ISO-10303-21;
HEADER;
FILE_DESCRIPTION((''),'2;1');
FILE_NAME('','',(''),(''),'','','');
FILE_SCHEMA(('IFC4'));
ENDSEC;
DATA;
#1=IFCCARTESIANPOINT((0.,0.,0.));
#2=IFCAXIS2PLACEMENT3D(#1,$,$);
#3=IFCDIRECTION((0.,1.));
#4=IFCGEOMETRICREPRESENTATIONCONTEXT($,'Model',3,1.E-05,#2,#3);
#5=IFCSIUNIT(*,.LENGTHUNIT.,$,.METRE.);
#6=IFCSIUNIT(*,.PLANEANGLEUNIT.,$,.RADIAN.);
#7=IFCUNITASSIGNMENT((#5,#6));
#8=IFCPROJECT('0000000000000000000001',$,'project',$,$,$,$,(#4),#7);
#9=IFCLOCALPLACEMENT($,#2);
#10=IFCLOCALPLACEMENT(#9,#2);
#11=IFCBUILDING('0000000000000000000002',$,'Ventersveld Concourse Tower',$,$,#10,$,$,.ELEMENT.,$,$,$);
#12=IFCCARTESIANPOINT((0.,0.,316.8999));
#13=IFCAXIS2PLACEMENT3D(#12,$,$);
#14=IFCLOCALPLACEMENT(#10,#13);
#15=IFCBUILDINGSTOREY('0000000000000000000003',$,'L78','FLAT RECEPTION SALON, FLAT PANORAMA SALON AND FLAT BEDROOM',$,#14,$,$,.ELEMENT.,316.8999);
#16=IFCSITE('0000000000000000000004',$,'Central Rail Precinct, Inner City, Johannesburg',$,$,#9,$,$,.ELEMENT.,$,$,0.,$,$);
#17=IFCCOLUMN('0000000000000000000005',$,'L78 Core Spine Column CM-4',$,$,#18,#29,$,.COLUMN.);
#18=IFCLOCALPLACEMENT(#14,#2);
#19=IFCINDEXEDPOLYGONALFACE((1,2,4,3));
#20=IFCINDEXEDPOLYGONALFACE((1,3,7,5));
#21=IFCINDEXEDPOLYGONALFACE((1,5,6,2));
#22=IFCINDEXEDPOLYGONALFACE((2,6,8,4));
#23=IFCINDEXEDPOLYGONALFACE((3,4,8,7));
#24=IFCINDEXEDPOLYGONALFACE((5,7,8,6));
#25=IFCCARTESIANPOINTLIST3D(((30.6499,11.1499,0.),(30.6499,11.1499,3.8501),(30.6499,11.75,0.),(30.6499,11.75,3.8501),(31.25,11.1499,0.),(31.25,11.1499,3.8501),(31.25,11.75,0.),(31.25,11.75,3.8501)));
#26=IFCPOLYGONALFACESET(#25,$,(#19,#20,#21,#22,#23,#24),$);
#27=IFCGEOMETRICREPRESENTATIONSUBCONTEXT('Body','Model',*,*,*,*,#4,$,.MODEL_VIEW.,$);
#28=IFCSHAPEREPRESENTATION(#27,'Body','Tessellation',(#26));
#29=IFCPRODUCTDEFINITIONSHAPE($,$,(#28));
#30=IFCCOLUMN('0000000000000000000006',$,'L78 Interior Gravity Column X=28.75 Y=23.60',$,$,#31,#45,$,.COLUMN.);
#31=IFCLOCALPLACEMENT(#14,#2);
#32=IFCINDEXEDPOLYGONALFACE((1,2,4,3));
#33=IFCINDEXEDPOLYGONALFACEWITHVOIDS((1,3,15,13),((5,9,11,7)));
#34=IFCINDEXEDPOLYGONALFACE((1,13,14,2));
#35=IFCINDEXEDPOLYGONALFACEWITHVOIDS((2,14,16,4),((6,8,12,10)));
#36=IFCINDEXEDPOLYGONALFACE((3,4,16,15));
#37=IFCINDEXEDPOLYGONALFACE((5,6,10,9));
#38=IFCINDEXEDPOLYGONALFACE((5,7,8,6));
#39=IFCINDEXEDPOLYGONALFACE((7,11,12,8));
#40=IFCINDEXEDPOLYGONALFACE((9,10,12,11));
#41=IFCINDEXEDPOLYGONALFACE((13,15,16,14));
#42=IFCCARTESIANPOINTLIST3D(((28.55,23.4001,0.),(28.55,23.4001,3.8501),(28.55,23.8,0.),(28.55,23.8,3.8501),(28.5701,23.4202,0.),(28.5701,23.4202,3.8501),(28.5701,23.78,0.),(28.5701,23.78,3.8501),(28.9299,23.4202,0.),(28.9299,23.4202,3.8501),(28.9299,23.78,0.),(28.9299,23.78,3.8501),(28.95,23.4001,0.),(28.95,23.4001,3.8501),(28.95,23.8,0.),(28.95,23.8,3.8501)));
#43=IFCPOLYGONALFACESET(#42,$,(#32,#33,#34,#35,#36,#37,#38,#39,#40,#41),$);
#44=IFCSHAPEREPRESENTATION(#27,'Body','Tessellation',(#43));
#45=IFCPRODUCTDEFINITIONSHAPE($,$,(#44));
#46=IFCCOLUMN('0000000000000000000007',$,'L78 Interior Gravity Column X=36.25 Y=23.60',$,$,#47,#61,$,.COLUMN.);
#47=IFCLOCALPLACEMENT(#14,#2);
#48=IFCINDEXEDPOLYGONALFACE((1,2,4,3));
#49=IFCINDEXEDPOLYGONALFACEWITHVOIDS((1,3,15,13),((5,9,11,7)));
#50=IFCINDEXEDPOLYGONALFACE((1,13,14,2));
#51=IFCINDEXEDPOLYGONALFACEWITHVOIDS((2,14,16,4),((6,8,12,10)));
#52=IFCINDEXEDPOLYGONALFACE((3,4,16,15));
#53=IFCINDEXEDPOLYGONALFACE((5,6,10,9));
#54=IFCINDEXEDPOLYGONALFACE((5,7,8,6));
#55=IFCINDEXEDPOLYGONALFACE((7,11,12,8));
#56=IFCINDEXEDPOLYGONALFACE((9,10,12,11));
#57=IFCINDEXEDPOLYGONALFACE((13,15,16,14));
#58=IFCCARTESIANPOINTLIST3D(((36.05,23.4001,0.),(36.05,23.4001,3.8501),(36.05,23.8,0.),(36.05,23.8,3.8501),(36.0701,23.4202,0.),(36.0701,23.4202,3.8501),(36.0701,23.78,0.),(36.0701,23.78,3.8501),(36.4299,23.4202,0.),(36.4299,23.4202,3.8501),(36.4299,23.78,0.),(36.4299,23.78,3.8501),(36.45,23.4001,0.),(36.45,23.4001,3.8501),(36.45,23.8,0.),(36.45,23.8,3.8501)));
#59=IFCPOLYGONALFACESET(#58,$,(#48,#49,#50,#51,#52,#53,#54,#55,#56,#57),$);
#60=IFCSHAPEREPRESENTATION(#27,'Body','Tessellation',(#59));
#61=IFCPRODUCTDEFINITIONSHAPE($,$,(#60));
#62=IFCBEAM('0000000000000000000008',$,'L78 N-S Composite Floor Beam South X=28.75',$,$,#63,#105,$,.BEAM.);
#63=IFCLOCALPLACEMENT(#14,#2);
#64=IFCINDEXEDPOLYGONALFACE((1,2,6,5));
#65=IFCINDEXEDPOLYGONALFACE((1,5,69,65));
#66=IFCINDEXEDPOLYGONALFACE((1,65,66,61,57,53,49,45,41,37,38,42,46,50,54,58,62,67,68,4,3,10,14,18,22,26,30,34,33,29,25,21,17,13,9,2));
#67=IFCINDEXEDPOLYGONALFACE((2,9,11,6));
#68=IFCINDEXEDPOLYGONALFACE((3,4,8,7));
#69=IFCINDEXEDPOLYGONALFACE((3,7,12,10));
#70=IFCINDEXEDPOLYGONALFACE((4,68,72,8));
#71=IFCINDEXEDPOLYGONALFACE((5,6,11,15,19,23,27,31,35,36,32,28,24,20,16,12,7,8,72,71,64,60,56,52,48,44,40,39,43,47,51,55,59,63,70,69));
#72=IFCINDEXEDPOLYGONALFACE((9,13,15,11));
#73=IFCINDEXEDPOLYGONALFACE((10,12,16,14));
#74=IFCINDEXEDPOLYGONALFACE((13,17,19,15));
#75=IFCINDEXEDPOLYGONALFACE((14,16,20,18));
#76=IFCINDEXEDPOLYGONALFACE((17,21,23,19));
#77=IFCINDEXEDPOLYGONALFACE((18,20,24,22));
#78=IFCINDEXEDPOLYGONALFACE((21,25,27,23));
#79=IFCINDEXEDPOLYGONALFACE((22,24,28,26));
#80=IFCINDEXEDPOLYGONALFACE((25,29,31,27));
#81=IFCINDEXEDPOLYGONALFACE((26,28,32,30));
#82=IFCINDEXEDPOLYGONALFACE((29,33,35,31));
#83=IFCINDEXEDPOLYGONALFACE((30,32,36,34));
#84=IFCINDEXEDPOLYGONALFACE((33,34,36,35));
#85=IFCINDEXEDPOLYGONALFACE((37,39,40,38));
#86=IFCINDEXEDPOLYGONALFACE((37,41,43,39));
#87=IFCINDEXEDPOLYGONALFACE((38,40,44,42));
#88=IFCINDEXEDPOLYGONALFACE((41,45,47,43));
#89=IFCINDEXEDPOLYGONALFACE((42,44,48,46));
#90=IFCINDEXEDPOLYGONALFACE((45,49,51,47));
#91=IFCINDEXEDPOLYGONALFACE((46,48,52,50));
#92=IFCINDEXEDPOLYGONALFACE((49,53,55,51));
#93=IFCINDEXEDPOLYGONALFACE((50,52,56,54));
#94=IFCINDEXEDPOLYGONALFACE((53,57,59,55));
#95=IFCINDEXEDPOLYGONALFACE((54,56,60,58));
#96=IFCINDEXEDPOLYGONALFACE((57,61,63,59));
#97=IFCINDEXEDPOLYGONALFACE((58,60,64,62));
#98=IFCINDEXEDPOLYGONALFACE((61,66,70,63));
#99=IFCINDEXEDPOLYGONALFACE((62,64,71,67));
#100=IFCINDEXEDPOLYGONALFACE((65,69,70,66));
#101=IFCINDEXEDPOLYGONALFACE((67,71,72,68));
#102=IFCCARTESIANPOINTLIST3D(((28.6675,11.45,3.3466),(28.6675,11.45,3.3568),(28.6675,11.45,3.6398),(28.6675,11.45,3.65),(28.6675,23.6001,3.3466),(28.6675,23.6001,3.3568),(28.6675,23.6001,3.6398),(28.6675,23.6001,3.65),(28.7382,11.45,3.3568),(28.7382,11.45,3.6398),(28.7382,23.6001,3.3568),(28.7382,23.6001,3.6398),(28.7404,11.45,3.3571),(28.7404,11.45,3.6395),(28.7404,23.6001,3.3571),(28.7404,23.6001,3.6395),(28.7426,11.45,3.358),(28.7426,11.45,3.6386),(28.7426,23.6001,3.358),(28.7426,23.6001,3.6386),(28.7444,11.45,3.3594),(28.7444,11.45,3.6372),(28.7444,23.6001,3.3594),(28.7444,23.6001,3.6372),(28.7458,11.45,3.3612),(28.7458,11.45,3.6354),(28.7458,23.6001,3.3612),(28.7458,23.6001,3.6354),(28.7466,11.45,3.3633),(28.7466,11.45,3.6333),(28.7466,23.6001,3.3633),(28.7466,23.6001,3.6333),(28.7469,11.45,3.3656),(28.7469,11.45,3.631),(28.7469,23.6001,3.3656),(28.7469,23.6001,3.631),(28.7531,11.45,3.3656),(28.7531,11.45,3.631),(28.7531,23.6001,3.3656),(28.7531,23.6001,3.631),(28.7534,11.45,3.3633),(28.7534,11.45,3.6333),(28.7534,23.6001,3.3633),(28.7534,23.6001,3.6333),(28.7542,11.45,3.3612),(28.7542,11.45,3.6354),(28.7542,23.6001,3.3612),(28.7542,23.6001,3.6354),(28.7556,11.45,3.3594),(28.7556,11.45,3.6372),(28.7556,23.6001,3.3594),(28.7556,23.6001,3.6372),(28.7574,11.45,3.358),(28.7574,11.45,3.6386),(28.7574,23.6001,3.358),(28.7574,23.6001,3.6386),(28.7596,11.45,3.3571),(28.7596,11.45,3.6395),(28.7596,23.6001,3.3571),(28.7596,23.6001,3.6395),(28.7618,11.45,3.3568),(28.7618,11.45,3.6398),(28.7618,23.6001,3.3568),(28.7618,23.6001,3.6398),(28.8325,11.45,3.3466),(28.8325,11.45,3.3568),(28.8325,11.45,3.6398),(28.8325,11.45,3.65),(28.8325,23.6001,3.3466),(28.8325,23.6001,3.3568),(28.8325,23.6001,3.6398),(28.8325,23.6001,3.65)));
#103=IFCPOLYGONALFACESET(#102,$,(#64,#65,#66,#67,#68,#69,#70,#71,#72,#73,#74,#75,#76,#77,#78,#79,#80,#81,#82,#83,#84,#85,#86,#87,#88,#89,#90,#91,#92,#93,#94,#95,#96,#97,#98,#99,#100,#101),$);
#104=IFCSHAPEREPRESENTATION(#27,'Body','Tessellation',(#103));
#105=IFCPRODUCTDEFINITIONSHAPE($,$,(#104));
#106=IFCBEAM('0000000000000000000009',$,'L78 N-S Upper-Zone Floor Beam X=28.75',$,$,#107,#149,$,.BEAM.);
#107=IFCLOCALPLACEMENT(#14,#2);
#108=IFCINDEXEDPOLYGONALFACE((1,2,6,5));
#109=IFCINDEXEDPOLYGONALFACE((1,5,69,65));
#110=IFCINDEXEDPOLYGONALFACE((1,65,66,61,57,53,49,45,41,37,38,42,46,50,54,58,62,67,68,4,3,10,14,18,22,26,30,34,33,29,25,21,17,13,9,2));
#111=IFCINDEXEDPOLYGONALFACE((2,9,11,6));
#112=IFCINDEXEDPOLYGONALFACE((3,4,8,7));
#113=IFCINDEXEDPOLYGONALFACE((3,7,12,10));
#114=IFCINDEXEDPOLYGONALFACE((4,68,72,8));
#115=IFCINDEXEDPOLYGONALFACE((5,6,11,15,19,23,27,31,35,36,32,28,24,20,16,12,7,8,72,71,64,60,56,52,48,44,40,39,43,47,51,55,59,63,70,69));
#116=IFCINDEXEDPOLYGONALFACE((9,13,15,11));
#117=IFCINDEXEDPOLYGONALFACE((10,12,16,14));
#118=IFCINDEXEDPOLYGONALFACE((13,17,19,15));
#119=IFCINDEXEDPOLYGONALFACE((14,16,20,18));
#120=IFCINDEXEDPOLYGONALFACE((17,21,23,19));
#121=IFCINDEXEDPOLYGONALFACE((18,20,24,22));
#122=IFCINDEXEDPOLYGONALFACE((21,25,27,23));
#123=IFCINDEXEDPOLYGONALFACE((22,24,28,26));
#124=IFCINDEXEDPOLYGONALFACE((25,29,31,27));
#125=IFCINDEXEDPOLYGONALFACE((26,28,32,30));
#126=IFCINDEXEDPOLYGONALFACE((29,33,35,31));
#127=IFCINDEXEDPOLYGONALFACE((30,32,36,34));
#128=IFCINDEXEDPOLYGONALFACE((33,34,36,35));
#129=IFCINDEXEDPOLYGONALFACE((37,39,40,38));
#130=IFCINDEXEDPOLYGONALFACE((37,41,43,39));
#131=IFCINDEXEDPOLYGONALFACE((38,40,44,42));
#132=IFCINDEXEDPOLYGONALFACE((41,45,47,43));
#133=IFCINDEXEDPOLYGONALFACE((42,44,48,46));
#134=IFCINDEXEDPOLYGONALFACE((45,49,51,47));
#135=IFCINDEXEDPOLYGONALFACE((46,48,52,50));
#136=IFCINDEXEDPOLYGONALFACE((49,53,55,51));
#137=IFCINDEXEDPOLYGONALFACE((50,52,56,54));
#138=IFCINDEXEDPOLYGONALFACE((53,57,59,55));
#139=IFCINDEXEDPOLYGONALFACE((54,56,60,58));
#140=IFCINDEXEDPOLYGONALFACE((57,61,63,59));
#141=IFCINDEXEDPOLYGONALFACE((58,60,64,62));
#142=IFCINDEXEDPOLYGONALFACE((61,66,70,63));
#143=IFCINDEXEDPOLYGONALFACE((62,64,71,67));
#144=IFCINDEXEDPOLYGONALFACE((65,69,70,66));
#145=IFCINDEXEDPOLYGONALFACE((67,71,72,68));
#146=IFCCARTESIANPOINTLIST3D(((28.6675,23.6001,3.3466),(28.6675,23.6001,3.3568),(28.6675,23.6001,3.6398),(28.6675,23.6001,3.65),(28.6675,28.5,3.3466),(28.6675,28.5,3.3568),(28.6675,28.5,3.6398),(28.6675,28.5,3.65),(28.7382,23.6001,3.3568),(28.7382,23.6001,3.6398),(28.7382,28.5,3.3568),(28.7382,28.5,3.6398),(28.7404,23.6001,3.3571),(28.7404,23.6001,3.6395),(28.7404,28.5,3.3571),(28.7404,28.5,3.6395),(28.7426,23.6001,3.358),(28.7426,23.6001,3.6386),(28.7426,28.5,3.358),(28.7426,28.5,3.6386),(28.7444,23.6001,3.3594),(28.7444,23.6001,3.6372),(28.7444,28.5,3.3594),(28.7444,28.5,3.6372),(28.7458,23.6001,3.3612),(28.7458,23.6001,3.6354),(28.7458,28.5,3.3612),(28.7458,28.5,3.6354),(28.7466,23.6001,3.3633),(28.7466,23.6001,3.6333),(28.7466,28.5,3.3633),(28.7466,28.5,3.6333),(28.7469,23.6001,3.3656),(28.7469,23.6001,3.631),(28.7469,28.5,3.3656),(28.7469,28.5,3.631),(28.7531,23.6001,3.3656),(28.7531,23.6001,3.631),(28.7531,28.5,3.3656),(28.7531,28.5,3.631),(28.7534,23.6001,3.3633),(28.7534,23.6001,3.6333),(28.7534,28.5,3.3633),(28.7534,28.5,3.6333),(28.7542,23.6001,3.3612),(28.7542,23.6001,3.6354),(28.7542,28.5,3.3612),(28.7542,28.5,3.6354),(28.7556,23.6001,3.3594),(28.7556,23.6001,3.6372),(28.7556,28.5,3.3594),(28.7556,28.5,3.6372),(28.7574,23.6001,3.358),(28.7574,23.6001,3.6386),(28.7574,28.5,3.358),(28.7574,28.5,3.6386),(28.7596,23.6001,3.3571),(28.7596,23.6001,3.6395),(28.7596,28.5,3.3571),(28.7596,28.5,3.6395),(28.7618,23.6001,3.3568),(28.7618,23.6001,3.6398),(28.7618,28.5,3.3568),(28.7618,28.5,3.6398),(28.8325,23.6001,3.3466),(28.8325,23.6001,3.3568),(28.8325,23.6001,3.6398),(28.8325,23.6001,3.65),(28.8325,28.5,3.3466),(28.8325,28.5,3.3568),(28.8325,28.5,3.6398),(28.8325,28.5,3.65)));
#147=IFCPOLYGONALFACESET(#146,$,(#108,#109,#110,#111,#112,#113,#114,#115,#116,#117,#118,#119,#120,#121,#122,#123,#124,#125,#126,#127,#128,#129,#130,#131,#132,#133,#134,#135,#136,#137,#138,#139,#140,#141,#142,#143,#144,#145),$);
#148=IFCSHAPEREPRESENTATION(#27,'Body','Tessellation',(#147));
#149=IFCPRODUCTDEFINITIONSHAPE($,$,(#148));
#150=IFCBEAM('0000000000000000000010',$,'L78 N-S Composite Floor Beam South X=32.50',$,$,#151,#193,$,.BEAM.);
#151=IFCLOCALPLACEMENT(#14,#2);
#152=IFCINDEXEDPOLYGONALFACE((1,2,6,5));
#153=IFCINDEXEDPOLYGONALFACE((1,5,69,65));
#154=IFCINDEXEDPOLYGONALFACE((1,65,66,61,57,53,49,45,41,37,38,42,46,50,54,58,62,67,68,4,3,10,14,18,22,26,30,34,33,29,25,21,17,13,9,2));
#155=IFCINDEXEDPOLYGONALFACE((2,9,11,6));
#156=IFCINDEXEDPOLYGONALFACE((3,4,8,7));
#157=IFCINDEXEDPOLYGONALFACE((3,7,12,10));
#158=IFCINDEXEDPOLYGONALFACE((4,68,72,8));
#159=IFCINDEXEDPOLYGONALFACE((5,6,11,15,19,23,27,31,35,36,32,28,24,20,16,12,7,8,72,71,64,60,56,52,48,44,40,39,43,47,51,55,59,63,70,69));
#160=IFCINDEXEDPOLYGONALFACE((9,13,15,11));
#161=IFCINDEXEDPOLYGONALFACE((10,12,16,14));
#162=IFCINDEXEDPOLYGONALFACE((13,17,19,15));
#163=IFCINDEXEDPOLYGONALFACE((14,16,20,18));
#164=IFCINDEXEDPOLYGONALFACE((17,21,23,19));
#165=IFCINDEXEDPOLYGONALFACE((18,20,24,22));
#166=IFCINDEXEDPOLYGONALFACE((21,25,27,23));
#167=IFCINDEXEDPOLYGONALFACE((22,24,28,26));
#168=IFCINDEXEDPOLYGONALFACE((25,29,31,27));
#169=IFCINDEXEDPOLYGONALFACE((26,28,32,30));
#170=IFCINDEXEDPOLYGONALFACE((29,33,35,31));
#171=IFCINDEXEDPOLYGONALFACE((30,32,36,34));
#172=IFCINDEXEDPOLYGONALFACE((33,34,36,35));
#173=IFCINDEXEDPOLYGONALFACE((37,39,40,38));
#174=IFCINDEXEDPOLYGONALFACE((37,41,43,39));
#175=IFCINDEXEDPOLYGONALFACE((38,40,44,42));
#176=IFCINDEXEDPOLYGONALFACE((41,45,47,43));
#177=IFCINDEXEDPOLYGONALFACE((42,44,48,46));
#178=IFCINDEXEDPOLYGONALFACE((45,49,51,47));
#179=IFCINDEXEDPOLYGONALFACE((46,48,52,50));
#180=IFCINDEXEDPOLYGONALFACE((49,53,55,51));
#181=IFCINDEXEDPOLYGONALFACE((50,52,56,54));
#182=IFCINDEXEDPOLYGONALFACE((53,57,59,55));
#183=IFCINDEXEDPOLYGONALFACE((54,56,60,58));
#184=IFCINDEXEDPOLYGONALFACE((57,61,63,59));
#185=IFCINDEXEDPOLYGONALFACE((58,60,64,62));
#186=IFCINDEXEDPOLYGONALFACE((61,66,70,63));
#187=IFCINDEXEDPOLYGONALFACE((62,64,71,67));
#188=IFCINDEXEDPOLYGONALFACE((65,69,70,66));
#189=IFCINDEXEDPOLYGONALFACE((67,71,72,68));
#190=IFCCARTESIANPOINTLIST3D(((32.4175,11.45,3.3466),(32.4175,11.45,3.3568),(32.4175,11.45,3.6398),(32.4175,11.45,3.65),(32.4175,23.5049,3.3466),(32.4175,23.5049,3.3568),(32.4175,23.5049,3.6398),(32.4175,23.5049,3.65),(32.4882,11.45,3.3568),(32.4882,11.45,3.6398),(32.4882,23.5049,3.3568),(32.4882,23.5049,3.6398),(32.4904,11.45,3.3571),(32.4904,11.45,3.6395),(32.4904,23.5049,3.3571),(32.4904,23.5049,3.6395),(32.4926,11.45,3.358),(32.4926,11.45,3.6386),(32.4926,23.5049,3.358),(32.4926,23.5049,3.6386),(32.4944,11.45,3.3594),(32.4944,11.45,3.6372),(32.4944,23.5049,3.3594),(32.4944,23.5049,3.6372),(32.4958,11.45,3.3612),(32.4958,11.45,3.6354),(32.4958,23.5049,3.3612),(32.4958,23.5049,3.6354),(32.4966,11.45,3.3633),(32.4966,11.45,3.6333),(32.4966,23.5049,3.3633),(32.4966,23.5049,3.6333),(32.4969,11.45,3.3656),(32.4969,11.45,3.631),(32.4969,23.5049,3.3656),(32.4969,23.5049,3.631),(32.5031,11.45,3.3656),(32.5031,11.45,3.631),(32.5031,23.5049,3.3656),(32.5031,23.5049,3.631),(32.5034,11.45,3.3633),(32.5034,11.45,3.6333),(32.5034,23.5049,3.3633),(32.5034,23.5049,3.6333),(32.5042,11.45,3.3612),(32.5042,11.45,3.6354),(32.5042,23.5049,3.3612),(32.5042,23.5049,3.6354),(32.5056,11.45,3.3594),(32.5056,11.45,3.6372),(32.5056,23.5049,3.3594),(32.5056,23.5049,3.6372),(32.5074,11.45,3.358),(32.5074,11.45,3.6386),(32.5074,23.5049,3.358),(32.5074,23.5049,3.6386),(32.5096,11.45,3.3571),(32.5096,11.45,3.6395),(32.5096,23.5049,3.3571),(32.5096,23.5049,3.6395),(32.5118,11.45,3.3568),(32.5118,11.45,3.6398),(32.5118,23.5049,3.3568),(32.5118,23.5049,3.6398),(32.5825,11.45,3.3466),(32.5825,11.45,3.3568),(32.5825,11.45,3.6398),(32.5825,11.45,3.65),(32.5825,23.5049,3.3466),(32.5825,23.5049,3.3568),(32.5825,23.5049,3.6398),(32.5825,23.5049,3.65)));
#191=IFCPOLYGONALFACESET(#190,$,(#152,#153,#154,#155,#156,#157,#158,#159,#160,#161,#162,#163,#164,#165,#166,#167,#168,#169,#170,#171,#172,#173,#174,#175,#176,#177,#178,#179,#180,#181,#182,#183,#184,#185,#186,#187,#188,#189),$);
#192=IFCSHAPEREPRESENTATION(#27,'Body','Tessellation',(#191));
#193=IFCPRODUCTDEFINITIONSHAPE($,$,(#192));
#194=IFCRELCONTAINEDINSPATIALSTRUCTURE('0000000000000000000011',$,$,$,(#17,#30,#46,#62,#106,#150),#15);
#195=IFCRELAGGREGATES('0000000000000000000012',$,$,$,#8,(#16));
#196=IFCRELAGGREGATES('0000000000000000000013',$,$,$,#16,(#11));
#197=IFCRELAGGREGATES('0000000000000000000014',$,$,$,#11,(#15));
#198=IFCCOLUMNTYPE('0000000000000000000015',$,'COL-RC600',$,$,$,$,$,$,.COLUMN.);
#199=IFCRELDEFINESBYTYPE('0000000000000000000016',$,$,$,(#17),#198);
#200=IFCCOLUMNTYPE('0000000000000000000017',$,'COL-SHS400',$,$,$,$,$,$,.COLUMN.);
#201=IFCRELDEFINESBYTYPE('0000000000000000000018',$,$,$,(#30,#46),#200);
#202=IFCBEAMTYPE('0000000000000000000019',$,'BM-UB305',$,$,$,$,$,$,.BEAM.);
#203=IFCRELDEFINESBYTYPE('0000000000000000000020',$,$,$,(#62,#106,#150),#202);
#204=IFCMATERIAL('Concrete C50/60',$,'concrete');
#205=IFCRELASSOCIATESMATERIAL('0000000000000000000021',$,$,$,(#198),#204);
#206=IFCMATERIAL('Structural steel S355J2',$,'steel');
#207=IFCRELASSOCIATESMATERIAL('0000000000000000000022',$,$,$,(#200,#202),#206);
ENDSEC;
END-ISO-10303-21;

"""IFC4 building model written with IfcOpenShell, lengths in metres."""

from ifc_helpers import new_model, si_unit, direction, frame, origin, origin_2d, place, context, subcontext, project, spatial, rectangle, hollow_rectangle, i_section, extrude, material, material_profile, profile_set, type_object, element, save


model = new_model("IFC4")

# Units and contexts
model_context = context("Model", 3, precision=1e-05, world=origin(), true_north=direction((0.0, 1.0)))
body_context = subcontext(model_context, "Body", "Model", "MODEL_VIEW")
ifc_project = project(units=[si_unit("LENGTHUNIT", "METRE"), si_unit("PLANEANGLEUNIT", "RADIAN")], contexts=[model_context])

# Site, building, storey
site_placement = place(None, origin())
site = spatial("IfcSite", under=ifc_project, at=site_placement, Name="Central Rail Precinct, Inner City, Johannesburg", CompositionType="ELEMENT", RefElevation=0.0)
building_placement = place(site_placement, origin())
building = spatial("IfcBuilding", under=site, at=building_placement, Name="Ventersveld Concourse Tower", CompositionType="ELEMENT")
storey_placement = place(building_placement, frame((0.0, 0.0, 316.8999)))
storey = spatial("IfcBuildingStorey", under=building, at=storey_placement, Name="L78", Description="FLAT RECEPTION SALON, FLAT PANORAMA SALON AND FLAT BEDROOM", CompositionType="ELEMENT", Elevation=316.8999)

# Columns
ifc_material_1 = material(Name="Concrete C50/60", Category="concrete")
ifc_material_profile_1 = material_profile(ifc_material_1, rectangle(XDim=0.6001, YDim=0.6001, at=origin_2d()), Name="RC 600x600")
ifc_profile_set_1 = profile_set([ifc_material_profile_1], Name="Concrete C50/60")
column_type_1 = type_object("IfcColumnType", Name="COL-RC600", PredefinedType="COLUMN", material=ifc_profile_set_1)
column_placement = place(storey_placement, frame((30.95, 11.45, 0.0), z_axis=(0.0, 0.0, 1.0), x_axis=(1.0, 0.0, 0.0)))
element("IfcColumn", 1, at=column_placement, inside=storey, type_object=column_type_1, Name="L78 Core Spine Column CM-4", PredefinedType="COLUMN", context=body_context, shape_type="SweptSolid", body=[
    extrude(rectangle(XDim=0.6001, YDim=0.6001, at=origin_2d()), origin(), (0.0, 0.0, 1.0), 3.8501),
])
ifc_material_2 = material(Name="Structural steel S355J2", Category="steel")
ifc_material_profile_2 = material_profile(ifc_material_2, hollow_rectangle(XDim=0.3999, YDim=0.3999, WallThickness=0.02, at=origin_2d()), Name="SHS 400x400x20")
ifc_profile_set_2 = profile_set([ifc_material_profile_2], Name="Structural steel S355J2")
column_type_2 = type_object("IfcColumnType", Name="COL-SHS400", PredefinedType="COLUMN", material=ifc_profile_set_2)
for number, where, z_axis, x_axis, name in (
    (2, (28.75, 23.6001, 0.0), (0.0, 0.0, 1.0), (1.0, 0.0, 0.0), "L78 Interior Gravity Column X=28.75 Y=23.60"),
    (3, (36.25, 23.6001, 0.0), (0.0, 0.0, 1.0), (1.0, 0.0, 0.0), "L78 Interior Gravity Column X=36.25 Y=23.60"),
):
    element("IfcColumn", number, at=place(storey_placement, frame(where, z_axis=z_axis, x_axis=x_axis)), inside=storey, type_object=column_type_2, Name=name, PredefinedType="COLUMN", context=body_context, shape_type="SweptSolid", body=[
        extrude(hollow_rectangle(XDim=0.3999, YDim=0.3999, WallThickness=0.02, at=origin_2d()), origin(), (0.0, 0.0, 1.0), 3.8501),
    ])

# Beams
ifc_material_profile_3 = material_profile(ifc_material_2, i_section(OverallWidth=0.165, OverallDepth=0.3035, WebThickness=0.0061, FlangeThickness=0.0103, FilletRadius=0.0088, at=origin_2d()), Name="UB 305x165x40")
ifc_profile_set_3 = profile_set([ifc_material_profile_3], Name="Structural steel S355J2")
beam_type_1 = type_object("IfcBeamType", Name="BM-UB305", PredefinedType="BEAM", material=ifc_profile_set_3)
beam_1_placement = place(storey_placement, frame((28.75, 11.45, 3.4983), z_axis=(0.0, 1.0, 0.0), x_axis=(-1.0, 0.0, 0.0)))
element("IfcBeam", 4, at=beam_1_placement, inside=storey, type_object=beam_type_1, Name="L78 N-S Composite Floor Beam South X=28.75", PredefinedType="BEAM", context=body_context, shape_type="SweptSolid", body=[
    extrude(i_section(OverallWidth=0.165, OverallDepth=0.3035, WebThickness=0.0061, FlangeThickness=0.0103, FilletRadius=0.0088, at=origin_2d()), origin(), (0.0, 0.0, 1.0), 12.1501),
])
beam_2_placement = place(storey_placement, frame((28.75, 23.6001, 3.4983), z_axis=(0.0, 1.0, 0.0), x_axis=(-1.0, 0.0, 0.0)))
element("IfcBeam", 5, at=beam_2_placement, inside=storey, type_object=beam_type_1, Name="L78 N-S Upper-Zone Floor Beam X=28.75", PredefinedType="BEAM", context=body_context, shape_type="SweptSolid", body=[
    extrude(i_section(OverallWidth=0.165, OverallDepth=0.3035, WebThickness=0.0061, FlangeThickness=0.0103, FilletRadius=0.0088, at=origin_2d()), origin(), (0.0, 0.0, 1.0), 4.8999),
])
beam_3_placement = place(storey_placement, frame((32.5, 11.45, 3.4983), z_axis=(0.0, 1.0, 0.0), x_axis=(-1.0, 0.0, 0.0)))
element("IfcBeam", 6, at=beam_3_placement, inside=storey, type_object=beam_type_1, Name="L78 N-S Composite Floor Beam South X=32.50", PredefinedType="BEAM", context=body_context, shape_type="SweptSolid", body=[
    extrude(i_section(OverallWidth=0.165, OverallDepth=0.3035, WebThickness=0.0061, FlangeThickness=0.0103, FilletRadius=0.0088, at=origin_2d()), origin(), (0.0, 0.0, 1.0), 12.0549),
])

save(model, "model.ifc")
